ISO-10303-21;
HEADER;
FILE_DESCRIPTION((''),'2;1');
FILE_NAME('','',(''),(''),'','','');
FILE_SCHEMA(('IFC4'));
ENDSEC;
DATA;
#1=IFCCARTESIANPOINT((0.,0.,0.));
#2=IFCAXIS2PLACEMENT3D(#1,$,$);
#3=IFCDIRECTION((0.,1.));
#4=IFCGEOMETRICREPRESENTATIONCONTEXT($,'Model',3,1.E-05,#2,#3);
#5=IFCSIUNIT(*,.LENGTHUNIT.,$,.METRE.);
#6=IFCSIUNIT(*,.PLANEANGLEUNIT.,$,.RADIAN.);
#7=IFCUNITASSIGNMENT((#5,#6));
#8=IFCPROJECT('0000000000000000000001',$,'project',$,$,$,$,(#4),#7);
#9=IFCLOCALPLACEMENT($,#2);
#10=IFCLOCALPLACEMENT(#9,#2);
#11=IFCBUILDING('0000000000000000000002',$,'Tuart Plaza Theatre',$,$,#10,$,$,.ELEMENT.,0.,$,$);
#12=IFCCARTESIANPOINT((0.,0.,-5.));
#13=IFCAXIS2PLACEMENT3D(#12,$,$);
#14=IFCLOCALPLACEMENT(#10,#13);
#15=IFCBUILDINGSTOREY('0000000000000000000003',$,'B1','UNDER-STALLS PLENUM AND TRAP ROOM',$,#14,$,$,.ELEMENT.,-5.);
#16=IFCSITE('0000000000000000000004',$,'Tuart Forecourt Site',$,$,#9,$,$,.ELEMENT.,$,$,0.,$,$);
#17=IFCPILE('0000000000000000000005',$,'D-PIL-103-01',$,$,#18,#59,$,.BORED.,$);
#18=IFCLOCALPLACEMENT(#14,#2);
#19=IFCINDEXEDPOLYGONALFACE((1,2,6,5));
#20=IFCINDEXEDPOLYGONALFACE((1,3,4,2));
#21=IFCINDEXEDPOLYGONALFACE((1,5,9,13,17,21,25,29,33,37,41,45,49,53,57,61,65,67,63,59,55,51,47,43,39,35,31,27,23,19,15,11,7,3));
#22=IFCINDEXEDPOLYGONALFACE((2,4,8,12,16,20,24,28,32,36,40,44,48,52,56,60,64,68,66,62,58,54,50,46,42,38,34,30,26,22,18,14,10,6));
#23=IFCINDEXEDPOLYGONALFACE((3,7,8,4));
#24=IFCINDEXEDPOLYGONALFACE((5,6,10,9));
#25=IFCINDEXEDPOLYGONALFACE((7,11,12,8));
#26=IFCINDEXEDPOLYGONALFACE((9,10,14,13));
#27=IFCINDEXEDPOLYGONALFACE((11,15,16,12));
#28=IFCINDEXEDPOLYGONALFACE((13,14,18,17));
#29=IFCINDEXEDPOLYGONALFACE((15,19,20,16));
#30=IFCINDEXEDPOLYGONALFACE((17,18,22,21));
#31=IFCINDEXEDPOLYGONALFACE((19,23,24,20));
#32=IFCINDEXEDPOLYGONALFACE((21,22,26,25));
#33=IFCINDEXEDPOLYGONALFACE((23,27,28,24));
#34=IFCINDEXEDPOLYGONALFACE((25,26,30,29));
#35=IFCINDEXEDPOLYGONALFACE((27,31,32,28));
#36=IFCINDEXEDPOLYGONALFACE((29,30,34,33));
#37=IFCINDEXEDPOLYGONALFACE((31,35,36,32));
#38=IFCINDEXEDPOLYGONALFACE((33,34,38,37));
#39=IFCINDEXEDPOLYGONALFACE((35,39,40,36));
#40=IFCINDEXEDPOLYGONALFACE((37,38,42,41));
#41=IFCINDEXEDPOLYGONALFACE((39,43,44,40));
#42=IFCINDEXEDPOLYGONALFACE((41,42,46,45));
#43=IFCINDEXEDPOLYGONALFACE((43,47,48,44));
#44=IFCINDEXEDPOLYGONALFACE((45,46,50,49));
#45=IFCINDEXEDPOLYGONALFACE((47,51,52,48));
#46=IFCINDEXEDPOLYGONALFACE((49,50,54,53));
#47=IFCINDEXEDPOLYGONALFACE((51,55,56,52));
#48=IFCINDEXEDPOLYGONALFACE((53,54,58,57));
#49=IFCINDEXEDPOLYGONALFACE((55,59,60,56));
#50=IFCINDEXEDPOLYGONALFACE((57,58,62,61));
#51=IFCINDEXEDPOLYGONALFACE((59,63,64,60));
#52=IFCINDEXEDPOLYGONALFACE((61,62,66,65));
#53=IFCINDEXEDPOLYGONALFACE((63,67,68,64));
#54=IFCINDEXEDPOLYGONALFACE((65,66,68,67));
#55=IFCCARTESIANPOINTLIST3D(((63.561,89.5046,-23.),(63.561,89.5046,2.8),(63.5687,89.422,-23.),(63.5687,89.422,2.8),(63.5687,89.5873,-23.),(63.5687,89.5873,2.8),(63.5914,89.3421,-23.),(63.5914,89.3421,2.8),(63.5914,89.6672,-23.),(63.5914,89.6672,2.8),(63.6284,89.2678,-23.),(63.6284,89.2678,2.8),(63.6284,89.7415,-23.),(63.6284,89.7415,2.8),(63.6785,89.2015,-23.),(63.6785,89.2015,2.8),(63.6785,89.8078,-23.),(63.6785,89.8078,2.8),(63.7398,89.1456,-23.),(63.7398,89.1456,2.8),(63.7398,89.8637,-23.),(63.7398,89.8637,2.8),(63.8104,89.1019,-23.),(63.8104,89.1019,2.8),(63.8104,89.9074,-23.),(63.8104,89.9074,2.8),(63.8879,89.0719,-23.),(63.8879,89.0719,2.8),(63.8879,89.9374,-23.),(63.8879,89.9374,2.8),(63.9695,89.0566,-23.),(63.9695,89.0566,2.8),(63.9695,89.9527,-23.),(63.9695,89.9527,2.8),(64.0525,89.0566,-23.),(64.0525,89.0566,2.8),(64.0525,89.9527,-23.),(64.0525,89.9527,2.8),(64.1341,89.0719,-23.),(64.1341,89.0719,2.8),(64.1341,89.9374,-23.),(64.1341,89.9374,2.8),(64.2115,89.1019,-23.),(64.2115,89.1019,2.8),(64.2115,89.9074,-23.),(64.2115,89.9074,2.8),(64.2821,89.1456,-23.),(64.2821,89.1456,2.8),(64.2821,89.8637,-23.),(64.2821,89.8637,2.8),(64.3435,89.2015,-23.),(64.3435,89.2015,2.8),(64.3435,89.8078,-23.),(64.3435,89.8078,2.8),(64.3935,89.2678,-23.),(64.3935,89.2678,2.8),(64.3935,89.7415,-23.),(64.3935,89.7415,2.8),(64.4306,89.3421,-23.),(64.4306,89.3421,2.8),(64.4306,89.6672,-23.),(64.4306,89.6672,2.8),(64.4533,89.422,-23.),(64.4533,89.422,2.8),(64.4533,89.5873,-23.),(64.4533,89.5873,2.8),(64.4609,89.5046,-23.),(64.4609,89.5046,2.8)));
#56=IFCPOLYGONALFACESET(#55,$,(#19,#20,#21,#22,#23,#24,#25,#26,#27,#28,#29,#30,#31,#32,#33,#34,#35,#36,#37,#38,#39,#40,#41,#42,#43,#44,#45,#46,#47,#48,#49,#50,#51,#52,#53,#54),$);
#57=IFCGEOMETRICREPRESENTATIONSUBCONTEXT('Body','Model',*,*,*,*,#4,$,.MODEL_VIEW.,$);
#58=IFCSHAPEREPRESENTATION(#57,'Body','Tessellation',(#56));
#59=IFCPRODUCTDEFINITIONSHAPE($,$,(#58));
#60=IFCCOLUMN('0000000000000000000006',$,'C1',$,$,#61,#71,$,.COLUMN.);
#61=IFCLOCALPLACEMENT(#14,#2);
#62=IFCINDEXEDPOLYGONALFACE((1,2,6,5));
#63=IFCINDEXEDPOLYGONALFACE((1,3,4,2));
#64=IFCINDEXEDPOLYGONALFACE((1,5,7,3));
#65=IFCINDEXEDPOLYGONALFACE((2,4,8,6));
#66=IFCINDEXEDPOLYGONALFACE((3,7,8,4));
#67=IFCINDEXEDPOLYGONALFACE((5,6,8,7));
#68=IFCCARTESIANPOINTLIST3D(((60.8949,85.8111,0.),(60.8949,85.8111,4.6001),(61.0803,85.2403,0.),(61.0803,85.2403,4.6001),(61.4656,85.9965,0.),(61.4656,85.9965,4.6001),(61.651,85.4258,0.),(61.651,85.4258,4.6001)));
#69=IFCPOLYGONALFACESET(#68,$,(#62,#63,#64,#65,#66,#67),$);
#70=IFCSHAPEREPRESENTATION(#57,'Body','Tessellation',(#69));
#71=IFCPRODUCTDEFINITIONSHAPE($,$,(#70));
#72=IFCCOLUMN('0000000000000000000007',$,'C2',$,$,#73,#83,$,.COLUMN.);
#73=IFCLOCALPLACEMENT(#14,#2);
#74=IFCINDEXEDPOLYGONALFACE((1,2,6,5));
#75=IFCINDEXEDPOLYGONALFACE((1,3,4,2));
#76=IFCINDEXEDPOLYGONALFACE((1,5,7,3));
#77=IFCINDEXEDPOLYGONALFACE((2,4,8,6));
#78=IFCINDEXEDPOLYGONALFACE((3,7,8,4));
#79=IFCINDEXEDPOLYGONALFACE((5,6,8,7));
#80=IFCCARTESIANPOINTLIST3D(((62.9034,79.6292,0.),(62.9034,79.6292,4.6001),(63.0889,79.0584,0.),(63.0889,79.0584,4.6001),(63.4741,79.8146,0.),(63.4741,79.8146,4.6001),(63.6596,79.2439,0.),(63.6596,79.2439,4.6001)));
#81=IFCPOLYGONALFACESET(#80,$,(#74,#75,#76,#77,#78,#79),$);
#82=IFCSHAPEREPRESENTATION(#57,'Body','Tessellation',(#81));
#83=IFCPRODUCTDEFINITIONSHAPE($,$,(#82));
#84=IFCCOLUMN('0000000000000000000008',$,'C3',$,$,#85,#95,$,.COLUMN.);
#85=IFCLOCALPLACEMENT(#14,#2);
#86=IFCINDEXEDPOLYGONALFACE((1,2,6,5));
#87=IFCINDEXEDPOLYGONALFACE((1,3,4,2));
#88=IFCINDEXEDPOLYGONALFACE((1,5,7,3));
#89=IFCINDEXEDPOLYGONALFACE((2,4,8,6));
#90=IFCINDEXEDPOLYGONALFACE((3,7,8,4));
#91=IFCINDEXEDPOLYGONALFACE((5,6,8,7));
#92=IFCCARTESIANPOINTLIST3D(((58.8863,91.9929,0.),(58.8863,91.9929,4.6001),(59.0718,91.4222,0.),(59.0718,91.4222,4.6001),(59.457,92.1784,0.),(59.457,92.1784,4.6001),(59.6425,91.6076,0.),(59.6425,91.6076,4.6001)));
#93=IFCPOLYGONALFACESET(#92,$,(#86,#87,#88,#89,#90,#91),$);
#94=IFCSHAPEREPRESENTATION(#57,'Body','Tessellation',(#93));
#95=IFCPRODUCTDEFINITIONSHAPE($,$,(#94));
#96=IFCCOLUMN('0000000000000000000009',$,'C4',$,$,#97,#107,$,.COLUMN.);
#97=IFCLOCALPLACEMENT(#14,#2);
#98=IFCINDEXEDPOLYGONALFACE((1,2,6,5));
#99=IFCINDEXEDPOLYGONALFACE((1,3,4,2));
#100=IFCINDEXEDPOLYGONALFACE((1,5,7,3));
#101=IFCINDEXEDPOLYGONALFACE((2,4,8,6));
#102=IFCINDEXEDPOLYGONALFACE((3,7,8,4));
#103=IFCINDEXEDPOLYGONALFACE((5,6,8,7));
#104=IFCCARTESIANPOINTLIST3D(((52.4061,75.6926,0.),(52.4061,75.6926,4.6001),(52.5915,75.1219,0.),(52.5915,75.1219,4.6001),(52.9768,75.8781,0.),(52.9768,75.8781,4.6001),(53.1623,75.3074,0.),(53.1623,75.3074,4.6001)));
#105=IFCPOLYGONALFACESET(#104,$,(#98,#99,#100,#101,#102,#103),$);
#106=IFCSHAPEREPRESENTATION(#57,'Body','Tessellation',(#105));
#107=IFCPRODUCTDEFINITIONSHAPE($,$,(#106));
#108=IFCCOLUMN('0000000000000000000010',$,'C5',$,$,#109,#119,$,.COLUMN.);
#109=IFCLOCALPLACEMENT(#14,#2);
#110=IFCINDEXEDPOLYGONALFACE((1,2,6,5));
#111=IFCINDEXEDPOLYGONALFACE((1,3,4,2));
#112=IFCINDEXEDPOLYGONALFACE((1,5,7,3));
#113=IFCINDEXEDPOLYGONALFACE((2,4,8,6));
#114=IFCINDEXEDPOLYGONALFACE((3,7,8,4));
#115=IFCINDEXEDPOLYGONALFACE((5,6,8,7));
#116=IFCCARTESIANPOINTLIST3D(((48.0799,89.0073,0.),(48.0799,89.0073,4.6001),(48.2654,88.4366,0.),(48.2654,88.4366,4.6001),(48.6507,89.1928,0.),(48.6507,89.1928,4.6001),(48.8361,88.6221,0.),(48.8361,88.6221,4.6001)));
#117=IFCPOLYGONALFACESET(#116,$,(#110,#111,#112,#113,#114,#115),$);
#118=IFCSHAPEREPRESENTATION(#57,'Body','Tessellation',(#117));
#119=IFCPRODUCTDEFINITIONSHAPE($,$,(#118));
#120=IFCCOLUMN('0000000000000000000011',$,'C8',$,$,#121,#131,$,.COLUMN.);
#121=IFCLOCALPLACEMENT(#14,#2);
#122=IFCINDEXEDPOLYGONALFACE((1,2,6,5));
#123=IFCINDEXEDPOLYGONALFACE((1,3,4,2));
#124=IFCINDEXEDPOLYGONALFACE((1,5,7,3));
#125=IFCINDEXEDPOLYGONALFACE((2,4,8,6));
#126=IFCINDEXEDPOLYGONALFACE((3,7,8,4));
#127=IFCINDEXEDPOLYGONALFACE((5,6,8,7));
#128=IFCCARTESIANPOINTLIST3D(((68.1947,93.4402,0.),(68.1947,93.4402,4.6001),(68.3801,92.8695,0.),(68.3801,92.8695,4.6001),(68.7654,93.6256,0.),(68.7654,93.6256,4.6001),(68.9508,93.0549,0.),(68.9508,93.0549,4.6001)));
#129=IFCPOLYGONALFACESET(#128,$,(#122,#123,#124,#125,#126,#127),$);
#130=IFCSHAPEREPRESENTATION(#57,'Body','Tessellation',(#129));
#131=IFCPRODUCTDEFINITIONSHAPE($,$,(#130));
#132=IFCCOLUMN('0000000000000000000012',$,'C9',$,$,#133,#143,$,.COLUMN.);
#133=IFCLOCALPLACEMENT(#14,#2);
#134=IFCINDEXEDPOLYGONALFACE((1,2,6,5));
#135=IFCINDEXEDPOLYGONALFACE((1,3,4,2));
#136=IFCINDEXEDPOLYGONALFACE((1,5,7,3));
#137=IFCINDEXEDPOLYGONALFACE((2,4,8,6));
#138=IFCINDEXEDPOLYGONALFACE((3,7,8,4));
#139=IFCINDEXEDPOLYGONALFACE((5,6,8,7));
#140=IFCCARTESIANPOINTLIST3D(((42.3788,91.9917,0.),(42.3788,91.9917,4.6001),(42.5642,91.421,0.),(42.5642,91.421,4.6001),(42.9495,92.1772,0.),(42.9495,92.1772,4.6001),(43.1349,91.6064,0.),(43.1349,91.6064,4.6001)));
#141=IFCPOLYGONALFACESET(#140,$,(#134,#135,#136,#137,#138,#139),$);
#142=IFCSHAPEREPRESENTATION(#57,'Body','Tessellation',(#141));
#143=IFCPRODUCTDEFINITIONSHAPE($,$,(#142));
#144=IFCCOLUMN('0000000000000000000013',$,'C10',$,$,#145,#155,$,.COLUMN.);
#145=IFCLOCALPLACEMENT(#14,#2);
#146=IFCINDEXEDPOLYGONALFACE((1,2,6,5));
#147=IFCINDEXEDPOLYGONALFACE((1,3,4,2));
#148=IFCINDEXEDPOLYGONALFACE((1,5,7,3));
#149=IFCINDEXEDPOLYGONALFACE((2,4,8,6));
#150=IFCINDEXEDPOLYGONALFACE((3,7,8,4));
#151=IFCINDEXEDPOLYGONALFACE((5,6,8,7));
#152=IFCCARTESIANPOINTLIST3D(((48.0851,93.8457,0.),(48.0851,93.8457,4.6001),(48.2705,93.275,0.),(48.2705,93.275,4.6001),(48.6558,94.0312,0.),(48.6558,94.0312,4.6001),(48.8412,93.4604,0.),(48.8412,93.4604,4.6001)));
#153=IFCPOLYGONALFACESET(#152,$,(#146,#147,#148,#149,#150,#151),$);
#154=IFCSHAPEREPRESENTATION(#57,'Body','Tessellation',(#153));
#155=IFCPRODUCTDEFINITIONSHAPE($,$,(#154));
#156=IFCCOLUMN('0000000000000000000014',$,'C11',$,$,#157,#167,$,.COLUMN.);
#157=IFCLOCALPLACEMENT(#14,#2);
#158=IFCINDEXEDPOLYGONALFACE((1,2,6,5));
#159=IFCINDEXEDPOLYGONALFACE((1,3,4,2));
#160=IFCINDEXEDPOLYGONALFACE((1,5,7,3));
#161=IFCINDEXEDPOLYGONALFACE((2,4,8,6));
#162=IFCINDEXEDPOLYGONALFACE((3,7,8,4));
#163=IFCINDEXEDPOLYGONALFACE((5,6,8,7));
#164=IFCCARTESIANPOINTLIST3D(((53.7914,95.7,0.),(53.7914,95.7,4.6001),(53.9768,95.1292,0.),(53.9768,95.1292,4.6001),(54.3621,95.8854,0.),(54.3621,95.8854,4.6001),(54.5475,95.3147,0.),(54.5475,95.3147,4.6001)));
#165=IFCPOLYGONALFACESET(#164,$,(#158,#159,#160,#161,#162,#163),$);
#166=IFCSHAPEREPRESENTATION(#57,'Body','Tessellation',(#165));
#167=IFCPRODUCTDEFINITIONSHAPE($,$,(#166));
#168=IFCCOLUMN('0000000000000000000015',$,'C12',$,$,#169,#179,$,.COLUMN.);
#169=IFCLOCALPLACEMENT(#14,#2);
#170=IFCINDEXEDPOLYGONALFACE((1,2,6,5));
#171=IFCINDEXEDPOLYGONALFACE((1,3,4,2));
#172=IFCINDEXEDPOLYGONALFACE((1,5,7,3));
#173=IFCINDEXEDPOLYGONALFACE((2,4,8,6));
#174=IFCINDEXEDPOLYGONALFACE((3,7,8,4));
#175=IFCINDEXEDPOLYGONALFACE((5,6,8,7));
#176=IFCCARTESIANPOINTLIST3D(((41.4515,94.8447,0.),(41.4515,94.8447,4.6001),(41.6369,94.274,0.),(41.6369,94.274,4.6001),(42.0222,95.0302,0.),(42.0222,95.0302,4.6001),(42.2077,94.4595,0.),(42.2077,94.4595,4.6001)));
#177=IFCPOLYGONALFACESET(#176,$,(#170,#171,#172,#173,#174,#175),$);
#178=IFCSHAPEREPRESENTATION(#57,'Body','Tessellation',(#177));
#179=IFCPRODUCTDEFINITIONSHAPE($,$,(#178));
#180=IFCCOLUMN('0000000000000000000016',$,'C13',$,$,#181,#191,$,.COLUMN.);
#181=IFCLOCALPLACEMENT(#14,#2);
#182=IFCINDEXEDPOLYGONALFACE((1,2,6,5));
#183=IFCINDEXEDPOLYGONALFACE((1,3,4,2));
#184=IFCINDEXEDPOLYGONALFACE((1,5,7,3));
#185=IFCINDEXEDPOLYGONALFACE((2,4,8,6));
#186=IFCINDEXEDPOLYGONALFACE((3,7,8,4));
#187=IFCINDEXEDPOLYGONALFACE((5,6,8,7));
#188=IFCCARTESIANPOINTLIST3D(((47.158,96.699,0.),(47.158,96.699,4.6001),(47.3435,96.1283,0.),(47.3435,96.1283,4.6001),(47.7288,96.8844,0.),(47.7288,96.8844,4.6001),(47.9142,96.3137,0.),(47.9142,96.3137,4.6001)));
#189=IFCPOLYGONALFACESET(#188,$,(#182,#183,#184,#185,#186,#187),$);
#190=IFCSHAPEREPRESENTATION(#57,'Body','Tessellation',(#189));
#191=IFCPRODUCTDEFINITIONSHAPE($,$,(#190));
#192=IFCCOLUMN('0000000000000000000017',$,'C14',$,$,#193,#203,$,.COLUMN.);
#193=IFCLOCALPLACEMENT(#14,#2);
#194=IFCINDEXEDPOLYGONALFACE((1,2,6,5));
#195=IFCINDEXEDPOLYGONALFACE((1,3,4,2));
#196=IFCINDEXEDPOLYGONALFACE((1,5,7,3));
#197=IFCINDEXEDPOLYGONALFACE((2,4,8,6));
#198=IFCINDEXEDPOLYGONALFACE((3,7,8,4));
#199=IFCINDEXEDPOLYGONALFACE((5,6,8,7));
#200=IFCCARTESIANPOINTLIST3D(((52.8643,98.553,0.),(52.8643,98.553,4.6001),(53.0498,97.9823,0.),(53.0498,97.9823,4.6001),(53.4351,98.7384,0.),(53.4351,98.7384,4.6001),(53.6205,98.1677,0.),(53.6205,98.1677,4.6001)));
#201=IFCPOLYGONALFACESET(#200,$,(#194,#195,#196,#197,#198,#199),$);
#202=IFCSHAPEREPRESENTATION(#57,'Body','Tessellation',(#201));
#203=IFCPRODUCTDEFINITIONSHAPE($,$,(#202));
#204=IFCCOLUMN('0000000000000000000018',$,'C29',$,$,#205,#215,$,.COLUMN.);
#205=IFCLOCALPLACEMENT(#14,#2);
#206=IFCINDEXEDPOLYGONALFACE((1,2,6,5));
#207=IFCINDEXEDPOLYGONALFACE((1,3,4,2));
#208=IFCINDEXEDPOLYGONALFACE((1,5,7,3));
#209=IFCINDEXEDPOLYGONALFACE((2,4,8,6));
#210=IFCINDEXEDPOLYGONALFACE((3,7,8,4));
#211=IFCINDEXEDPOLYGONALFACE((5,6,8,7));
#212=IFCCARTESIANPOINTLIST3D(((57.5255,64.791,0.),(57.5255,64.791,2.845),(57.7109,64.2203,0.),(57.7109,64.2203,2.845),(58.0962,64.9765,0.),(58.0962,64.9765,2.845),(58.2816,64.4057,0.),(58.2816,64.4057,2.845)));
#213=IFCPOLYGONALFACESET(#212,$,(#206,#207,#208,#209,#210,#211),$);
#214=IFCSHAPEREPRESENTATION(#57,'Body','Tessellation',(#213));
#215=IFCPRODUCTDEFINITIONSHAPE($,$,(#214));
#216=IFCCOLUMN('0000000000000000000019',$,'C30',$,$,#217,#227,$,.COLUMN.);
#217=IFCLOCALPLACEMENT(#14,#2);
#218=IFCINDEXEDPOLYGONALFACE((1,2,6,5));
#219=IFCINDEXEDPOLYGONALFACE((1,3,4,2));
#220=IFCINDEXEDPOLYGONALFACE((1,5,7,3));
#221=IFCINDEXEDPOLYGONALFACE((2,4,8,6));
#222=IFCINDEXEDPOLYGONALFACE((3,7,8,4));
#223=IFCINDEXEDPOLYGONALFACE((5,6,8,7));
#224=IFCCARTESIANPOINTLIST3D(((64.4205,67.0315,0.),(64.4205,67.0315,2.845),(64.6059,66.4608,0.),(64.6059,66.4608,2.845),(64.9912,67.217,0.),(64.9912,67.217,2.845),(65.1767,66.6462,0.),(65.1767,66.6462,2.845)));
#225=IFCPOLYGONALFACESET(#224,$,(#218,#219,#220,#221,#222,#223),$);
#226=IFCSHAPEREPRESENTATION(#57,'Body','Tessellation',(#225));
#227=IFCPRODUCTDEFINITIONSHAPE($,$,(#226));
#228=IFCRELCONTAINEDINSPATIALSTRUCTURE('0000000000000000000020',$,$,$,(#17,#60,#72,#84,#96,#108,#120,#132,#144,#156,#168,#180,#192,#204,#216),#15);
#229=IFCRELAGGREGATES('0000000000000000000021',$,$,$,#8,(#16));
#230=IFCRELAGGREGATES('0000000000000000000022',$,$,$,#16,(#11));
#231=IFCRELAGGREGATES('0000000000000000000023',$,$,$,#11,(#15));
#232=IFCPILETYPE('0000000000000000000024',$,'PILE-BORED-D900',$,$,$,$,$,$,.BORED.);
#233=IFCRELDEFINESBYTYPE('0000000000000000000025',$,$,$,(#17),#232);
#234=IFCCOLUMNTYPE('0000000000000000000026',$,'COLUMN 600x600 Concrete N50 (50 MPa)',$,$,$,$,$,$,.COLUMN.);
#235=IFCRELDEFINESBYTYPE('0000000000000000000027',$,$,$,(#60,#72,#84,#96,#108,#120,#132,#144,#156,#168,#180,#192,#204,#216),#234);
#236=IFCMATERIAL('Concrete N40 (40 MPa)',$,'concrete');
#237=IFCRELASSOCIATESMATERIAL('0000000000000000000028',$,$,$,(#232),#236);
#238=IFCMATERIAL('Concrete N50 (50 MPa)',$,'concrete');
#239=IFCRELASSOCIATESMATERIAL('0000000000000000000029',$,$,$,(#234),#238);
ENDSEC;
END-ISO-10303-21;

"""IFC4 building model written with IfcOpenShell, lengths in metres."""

from ifc_helpers import new_model, si_unit, direction, frame, origin, origin_2d, place, context, subcontext, project, spatial, rectangle, circle, extrude, material, material_profile, profile_set, type_object, element, save


model = new_model("IFC4")

# Units and contexts
model_context = context("Model", 3, precision=1e-05, world=origin(), true_north=direction((0.0, 1.0)))
body_context = subcontext(model_context, "Body", "Model", "MODEL_VIEW")
ifc_project = project(units=[si_unit("LENGTHUNIT", "METRE"), si_unit("PLANEANGLEUNIT", "RADIAN")], contexts=[model_context])

# Site, building, storey
site_placement = place(None, origin())
site = spatial("IfcSite", under=ifc_project, at=site_placement, Name="Tuart Forecourt Site", CompositionType="ELEMENT", RefElevation=0.0)
building_placement = place(site_placement, origin())
building = spatial("IfcBuilding", under=site, at=building_placement, Name="Tuart Plaza Theatre", CompositionType="ELEMENT", ElevationOfRefHeight=0.0)
storey_placement = place(building_placement, frame((0.0, 0.0, -5.0)))
storey = spatial("IfcBuildingStorey", under=building, at=storey_placement, Name="B1", Description="UNDER-STALLS PLENUM AND TRAP ROOM", CompositionType="ELEMENT", Elevation=-5.0)

# Pile
ifc_material_1 = material(Name="Concrete N40 (40 MPa)", Category="concrete")
ifc_material_profile_1 = material_profile(ifc_material_1, circle(Radius=0.45, at=origin_2d()), Name="PILE-BORED-D900")
ifc_profile_set_1 = profile_set([ifc_material_profile_1], Name="Concrete N40 (40 MPa)")
pile_type = type_object("IfcPileType", Name="PILE-BORED-D900", PredefinedType="BORED", material=ifc_profile_set_1)
pile_placement = place(storey_placement, frame((64.011, 89.5046, 2.8), z_axis=(0.0, 0.0, -1.0), x_axis=(1.0, 0.0, 0.0)))
element("IfcPile", 1, at=pile_placement, inside=storey, type_object=pile_type, Name="D-PIL-103-01", PredefinedType="BORED", context=body_context, shape_type="SweptSolid", body=[
    extrude(circle(Radius=0.45, at=origin_2d()), origin(), (0.0, 0.0, 1.0), 25.8),
])

# Columns
ifc_material_2 = material(Name="Concrete N50 (50 MPa)", Category="concrete")
ifc_material_profile_2 = material_profile(ifc_material_2, rectangle(XDim=0.6001, YDim=0.6001, at=origin_2d()), Name="COLUMN 600x600 Concrete N50 (50 MPa)")
ifc_profile_set_2 = profile_set([ifc_material_profile_2], Name="Concrete N50 (50 MPa)")
column_type = type_object("IfcColumnType", Name="COLUMN 600x600 Concrete N50 (50 MPa)", PredefinedType="COLUMN", material=ifc_profile_set_2)
for number, where, z_axis, x_axis, name in (
    (2, (61.2729, 85.6184, 0.0), (0.0, 0.0, 1.0), (0.951057, 0.309017, 0.0), "C1"),
    (3, (63.2815, 79.4365, 0.0), (0.0, 0.0, 1.0), (0.951057, 0.309017, 0.0), "C2"),
    (4, (59.2644, 91.8003, 0.0), (0.0, 0.0, 1.0), (0.951057, 0.309017, 0.0), "C3"),
    (5, (52.7842, 75.5, 0.0), (0.0, 0.0, 1.0), (0.951057, 0.309017, 0.0), "C4"),
    (6, (48.458, 88.8147, 0.0), (0.0, 0.0, 1.0), (0.951057, 0.309017, 0.0), "C5"),
    (7, (68.5728, 93.2476, 0.0), (0.0, 0.0, 1.0), (0.951057, 0.309017, 0.0), "C8"),
    (8, (42.7568, 91.7991, 0.0), (0.0, 0.0, 1.0), (0.951057, 0.309017, 0.0), "C9"),
    (9, (48.4631, 93.6531, 0.0), (0.0, 0.0, 1.0), (0.951057, 0.309017, 0.0), "C10"),
    (10, (54.1694, 95.5073, 0.0), (0.0, 0.0, 1.0), (0.951057, 0.309017, 0.0), "C11"),
    (11, (41.8296, 94.6521, 0.0), (0.0, 0.0, 1.0), (0.951057, 0.309017, 0.0), "C12"),
    (12, (47.5361, 96.5063, 0.0), (0.0, 0.0, 1.0), (0.951057, 0.309017, 0.0), "C13"),
    (13, (53.2424, 98.3604, 0.0), (0.0, 0.0, 1.0), (0.951057, 0.309017, 0.0), "C14"),
):
    element("IfcColumn", number, at=place(storey_placement, frame(where, z_axis=z_axis, x_axis=x_axis)), inside=storey, type_object=column_type, Name=name, PredefinedType="COLUMN", context=body_context, shape_type="SweptSolid", body=[
        extrude(rectangle(XDim=0.6001, YDim=0.6001, at=origin_2d()), origin(), (0.0, 0.0, 1.0), 4.6001),
    ])
for number, where, z_axis, x_axis, name in (
    (14, (57.9036, 64.5984, 0.0), (0.0, 0.0, 1.0), (0.951057, 0.309017, 0.0), "C29"),
    (15, (64.7986, 66.8389, 0.0), (0.0, 0.0, 1.0), (0.951057, 0.309017, 0.0), "C30"),
):
    element("IfcColumn", number, at=place(storey_placement, frame(where, z_axis=z_axis, x_axis=x_axis)), inside=storey, type_object=column_type, Name=name, PredefinedType="COLUMN", context=body_context, shape_type="SweptSolid", body=[
        extrude(rectangle(XDim=0.6001, YDim=0.6001, at=origin_2d()), origin(), (0.0, 0.0, 1.0), 2.845),
    ])

save(model, "model.ifc")
